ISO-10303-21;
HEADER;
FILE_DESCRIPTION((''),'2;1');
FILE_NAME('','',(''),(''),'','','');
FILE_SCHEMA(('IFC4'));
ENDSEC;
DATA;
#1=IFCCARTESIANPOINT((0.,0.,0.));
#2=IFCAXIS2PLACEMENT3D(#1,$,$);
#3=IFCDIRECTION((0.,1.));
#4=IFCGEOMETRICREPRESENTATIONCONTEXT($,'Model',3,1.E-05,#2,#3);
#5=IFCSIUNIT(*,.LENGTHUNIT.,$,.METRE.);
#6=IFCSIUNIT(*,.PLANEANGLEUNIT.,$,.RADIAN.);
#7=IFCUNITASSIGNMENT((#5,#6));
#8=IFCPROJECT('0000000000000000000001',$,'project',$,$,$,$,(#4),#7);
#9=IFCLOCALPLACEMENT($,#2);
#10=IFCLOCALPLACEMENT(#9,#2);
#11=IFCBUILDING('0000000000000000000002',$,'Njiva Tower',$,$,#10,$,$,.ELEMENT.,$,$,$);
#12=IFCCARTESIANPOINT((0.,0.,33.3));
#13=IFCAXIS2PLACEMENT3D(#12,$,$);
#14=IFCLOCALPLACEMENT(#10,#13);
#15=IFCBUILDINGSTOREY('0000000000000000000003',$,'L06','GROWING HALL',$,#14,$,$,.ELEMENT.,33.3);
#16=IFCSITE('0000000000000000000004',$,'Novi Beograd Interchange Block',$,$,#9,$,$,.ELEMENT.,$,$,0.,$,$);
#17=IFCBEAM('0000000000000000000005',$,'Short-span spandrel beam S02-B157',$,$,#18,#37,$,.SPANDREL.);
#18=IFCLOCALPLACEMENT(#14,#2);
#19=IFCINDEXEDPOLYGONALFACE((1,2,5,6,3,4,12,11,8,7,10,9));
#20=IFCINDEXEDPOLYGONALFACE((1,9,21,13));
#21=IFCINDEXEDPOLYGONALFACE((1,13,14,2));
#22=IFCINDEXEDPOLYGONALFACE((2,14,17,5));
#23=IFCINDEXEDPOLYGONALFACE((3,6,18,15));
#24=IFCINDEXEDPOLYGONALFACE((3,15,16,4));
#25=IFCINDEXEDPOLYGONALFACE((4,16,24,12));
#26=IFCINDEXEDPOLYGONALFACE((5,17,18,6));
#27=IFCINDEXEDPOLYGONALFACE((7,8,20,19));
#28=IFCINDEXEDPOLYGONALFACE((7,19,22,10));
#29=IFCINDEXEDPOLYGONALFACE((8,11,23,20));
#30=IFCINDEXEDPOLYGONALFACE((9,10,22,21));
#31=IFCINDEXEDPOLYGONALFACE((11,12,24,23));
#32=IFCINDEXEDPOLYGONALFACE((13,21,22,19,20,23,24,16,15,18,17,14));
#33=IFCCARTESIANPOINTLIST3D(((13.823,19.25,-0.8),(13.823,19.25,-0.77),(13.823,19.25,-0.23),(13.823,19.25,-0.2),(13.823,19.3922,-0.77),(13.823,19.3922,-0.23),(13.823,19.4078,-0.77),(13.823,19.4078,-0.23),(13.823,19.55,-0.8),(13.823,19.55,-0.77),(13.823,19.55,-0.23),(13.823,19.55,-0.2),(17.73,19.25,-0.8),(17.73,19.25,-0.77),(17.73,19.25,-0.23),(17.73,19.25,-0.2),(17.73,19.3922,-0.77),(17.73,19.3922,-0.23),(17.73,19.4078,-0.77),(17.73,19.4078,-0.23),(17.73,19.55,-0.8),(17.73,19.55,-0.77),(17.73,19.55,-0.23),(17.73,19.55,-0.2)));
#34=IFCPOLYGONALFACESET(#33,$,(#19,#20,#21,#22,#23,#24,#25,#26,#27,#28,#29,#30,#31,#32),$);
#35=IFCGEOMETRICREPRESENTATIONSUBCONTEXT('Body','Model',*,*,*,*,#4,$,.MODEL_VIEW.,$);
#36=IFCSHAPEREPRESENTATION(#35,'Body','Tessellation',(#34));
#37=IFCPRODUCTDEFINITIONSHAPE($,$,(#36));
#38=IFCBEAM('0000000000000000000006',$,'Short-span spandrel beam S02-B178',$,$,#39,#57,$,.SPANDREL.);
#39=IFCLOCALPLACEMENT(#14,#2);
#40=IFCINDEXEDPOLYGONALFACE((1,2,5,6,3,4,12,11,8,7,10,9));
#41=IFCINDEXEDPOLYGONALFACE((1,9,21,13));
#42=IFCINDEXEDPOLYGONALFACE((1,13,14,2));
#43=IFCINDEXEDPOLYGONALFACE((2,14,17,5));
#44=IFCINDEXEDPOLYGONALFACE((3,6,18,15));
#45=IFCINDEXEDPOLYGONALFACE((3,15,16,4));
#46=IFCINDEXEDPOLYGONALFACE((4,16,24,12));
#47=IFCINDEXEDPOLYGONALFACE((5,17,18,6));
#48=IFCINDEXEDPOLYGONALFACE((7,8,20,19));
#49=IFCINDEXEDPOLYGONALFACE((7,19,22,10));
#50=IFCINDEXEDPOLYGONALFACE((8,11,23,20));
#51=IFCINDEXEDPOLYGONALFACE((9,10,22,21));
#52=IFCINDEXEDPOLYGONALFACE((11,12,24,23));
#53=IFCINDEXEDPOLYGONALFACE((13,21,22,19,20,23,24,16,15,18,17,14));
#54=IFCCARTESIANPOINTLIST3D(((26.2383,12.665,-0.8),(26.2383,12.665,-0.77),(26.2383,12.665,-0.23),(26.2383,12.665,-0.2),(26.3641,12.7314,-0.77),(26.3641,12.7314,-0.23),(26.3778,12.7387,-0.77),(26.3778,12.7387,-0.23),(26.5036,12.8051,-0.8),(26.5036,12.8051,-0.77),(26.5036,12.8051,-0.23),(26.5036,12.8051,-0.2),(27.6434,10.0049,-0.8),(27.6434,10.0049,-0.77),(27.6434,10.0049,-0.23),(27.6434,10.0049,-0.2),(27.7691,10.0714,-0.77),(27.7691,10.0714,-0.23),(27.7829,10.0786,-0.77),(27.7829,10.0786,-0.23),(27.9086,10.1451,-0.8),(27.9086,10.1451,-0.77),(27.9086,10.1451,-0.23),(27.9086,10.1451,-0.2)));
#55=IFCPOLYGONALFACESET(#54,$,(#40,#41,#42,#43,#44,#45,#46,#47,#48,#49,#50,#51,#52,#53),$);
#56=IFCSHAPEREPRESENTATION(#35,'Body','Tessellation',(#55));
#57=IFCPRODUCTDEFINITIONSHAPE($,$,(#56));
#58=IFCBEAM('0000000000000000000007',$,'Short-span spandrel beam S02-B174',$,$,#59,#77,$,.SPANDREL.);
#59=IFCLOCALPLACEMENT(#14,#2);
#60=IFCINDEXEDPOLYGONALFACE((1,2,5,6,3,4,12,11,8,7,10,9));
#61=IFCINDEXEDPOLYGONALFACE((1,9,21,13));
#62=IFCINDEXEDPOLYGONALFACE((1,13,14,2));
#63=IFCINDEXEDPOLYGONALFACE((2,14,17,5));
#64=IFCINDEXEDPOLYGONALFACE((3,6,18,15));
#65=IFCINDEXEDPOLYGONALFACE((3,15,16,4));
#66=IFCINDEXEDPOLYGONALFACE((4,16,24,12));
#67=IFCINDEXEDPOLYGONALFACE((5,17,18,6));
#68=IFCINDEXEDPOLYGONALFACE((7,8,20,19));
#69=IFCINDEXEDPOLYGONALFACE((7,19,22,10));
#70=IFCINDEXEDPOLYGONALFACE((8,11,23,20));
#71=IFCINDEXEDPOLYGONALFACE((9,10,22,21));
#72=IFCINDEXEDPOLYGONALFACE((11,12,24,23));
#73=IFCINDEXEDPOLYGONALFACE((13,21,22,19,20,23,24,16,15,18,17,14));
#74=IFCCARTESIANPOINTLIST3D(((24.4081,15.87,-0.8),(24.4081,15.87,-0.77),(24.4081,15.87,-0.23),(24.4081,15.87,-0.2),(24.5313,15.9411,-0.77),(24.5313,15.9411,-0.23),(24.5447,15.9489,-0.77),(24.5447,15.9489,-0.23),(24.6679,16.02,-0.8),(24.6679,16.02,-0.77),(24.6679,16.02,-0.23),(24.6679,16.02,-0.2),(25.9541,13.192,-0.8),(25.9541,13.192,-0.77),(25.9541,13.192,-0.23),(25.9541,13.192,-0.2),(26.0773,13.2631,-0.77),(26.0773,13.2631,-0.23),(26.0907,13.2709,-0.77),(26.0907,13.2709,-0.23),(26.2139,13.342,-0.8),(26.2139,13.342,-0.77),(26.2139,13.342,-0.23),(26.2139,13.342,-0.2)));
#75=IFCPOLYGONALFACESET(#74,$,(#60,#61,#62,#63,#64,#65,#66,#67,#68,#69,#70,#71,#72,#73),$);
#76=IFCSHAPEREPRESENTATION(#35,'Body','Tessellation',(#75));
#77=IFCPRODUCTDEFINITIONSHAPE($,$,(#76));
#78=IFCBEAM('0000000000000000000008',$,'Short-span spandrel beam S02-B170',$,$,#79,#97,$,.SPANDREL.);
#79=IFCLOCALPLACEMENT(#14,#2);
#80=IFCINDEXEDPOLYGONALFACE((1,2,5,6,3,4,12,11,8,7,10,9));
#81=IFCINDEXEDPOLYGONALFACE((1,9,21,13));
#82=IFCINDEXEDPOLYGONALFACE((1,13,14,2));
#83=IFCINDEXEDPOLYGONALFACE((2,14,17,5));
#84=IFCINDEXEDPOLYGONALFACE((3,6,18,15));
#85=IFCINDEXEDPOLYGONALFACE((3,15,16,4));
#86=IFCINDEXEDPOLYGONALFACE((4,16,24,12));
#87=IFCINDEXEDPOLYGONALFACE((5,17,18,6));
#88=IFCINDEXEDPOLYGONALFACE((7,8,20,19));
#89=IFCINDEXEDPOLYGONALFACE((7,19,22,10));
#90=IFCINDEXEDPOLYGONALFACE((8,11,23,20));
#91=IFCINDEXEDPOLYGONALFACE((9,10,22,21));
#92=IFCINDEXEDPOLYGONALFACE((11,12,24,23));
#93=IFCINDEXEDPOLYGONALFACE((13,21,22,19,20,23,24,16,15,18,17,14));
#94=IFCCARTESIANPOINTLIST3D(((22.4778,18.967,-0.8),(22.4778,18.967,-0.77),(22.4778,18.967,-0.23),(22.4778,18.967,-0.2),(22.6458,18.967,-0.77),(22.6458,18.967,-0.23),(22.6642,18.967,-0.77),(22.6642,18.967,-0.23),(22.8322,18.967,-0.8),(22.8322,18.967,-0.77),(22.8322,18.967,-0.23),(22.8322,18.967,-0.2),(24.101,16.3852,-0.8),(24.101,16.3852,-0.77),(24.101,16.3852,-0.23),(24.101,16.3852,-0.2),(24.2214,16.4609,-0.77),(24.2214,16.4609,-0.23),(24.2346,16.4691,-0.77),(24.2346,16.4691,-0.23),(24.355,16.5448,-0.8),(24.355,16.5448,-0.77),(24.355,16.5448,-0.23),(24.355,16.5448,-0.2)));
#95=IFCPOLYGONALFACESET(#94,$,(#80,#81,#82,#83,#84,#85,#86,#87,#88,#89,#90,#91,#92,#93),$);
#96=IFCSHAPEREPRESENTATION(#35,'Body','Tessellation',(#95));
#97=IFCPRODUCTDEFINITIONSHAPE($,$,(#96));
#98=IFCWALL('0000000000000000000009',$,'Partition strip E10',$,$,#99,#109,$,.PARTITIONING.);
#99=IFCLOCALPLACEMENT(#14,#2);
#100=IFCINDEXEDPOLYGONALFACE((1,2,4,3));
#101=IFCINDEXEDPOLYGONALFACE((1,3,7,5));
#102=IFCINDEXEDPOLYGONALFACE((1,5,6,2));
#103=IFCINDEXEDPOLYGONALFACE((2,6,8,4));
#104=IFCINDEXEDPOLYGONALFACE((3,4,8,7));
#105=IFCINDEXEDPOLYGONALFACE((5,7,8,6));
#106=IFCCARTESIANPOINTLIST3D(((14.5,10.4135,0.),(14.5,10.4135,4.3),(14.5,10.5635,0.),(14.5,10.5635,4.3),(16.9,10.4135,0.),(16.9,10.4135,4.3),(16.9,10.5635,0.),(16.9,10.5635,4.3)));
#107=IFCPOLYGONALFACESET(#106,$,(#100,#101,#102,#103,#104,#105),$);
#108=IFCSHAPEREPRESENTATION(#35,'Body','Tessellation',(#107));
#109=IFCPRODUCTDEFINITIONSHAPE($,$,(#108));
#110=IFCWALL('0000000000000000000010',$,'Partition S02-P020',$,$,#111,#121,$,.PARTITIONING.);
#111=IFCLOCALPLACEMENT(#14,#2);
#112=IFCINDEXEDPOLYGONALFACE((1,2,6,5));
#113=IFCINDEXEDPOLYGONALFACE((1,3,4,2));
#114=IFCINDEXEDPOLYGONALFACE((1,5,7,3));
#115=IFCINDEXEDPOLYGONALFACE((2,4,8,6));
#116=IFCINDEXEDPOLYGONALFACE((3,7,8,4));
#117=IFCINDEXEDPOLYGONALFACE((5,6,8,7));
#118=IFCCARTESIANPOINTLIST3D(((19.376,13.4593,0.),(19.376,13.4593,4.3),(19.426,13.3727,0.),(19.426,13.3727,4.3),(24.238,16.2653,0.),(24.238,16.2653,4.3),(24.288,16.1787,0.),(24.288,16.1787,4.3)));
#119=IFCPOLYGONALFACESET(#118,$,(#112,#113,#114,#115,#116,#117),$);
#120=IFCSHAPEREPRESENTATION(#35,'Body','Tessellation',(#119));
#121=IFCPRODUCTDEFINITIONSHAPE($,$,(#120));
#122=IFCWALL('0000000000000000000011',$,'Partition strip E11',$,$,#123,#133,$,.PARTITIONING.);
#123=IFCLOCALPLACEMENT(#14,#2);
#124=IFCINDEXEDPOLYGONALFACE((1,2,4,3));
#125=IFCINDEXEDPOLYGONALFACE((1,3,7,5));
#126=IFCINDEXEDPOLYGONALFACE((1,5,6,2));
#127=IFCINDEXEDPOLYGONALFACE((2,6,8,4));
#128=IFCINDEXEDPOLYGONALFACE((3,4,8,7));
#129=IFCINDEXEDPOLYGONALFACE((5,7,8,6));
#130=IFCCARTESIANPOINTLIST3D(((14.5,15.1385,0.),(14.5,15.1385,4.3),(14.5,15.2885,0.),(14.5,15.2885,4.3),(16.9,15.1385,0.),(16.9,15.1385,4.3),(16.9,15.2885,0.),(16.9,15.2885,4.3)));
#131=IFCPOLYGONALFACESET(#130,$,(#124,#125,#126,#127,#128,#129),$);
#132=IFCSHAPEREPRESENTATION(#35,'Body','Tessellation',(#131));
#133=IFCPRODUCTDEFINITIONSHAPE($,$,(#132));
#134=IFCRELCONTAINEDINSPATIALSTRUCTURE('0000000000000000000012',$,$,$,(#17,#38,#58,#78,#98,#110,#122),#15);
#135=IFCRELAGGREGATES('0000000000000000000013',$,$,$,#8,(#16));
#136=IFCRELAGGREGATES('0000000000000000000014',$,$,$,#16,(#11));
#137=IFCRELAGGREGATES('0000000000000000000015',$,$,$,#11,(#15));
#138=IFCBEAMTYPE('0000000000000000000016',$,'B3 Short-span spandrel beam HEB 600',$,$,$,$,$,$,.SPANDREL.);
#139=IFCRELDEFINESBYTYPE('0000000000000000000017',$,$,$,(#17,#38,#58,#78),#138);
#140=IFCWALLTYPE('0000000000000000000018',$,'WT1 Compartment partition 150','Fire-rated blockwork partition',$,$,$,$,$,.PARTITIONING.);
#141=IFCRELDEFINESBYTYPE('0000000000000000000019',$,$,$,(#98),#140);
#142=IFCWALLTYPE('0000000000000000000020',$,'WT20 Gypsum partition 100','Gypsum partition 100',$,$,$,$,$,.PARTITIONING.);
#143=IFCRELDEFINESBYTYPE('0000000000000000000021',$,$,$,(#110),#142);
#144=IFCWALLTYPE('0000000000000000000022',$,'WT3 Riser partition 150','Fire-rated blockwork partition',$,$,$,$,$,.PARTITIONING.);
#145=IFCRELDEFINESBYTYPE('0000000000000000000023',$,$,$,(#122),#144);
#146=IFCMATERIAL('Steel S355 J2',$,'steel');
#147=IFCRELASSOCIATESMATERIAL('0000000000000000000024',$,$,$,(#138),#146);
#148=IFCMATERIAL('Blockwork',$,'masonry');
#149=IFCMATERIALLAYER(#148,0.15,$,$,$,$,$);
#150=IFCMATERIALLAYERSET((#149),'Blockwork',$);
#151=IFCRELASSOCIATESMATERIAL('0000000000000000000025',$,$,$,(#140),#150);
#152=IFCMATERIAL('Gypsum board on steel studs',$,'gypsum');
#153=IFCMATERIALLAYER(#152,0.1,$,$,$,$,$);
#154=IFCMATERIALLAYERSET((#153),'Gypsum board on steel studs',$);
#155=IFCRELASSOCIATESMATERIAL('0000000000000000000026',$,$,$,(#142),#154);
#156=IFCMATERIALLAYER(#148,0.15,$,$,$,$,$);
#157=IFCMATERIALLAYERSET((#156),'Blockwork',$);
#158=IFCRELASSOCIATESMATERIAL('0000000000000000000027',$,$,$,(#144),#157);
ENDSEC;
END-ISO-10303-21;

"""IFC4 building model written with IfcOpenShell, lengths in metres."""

from ifc_helpers import new_model, si_unit, direction, frame, frame_2d, origin, origin_2d, place, context, subcontext, project, spatial, rectangle, i_section, extrude, clip, halfspace, material, layer, layer_set, material_profile, profile_set, type_object, element, save


model = new_model("IFC4")

# Units and contexts
model_context = context("Model", 3, precision=1e-05, world=origin(), true_north=direction((0.0, 1.0)))
body_context = subcontext(model_context, "Body", "Model", "MODEL_VIEW")
ifc_project = project(units=[si_unit("LENGTHUNIT", "METRE"), si_unit("PLANEANGLEUNIT", "RADIAN")], contexts=[model_context])

# Site, building, storey
site_placement = place(None, origin())
site = spatial("IfcSite", under=ifc_project, at=site_placement, Name="Novi Beograd Interchange Block", CompositionType="ELEMENT", RefElevation=0.0)
building_placement = place(site_placement, origin())
building = spatial("IfcBuilding", under=site, at=building_placement, Name="Njiva Tower", CompositionType="ELEMENT")
storey_placement = place(building_placement, frame((0.0, 0.0, 33.3)))
storey = spatial("IfcBuildingStorey", under=building, at=storey_placement, Name="L06", Description="GROWING HALL", CompositionType="ELEMENT", Elevation=33.3)

# Shared definitions
ifc_material_1 = material(Name="Steel S355 J2", Category="steel")

# Beams
ifc_material_profile_1 = material_profile(ifc_material_1, i_section(OverallWidth=0.3, OverallDepth=0.6, WebThickness=0.0155, FlangeThickness=0.03, at=origin_2d()), Name="HEB 600")
ifc_profile_set_1 = profile_set([ifc_material_profile_1], Name="Steel S355 J2")
beam_type_1 = type_object("IfcBeamType", Name="B3 Short-span spandrel beam HEB 600", PredefinedType="SPANDREL", material=ifc_profile_set_1)
beam_1_placement = place(storey_placement, frame((17.73, 19.4, -0.5), z_axis=(-1.0, 0.0, 0.0), x_axis=(0.0, -1.0, 0.0)))
element("IfcBeam", 1, at=beam_1_placement, inside=storey, type_object=beam_type_1, Name="Short-span spandrel beam S02-B157", PredefinedType="SPANDREL", context=body_context, shape_type="SweptSolid", body=[
    extrude(i_section(OverallWidth=0.3, OverallDepth=0.6, WebThickness=0.0155, FlangeThickness=0.03, at=origin_2d()), origin(), (0.0, 0.0, 1.0), 3.907),
])
beam_2_placement = place(storey_placement, frame((27.776, 10.075, -0.5), z_axis=(-0.467047, 0.884232, 0.0), x_axis=(-0.884232, -0.467047, 0.0)))
element("IfcBeam", 2, at=beam_2_placement, inside=storey, type_object=beam_type_1, Name="Short-span spandrel beam S02-B178", PredefinedType="SPANDREL", context=body_context, shape_type="SweptSolid", body=[
    extrude(i_section(OverallWidth=0.3, OverallDepth=0.6, WebThickness=0.0155, FlangeThickness=0.03, at=origin_2d()), origin(), (0.0, 0.0, 1.0), 3.0083),
])
beam_3_placement = place(storey_placement, frame((26.084, 13.267, -0.5), z_axis=(-0.499965, 0.866046, 0.0), x_axis=(-0.866046, -0.499965, 0.0)))
element("IfcBeam", 3, at=beam_3_placement, inside=storey, type_object=beam_type_1, Name="Short-span spandrel beam S02-B174", PredefinedType="SPANDREL", context=body_context, shape_type="SweptSolid", body=[
    extrude(i_section(OverallWidth=0.3, OverallDepth=0.6, WebThickness=0.0155, FlangeThickness=0.03, at=origin_2d()), origin(), (0.0, 0.0, 1.0), 3.0922),
])
beam_4_placement = place(storey_placement, frame((24.228, 16.465, -0.5), z_axis=(-0.532248, 0.846589, 0.0), x_axis=(-0.846589, -0.532248, 0.0)))
element("IfcBeam", 4, at=beam_4_placement, inside=storey, type_object=beam_type_1, Name="Short-span spandrel beam S02-B170", PredefinedType="SPANDREL", context=body_context, shape_type="Clipping", body=[
    clip(extrude(i_section(OverallWidth=0.3, OverallDepth=0.6, WebThickness=0.0155, FlangeThickness=0.03, at=origin_2d()), origin(), (0.0, 0.0, 1.0), 3.0694), halfspace(frame((-0.0264, 0.0, 2.9388), z_axis=(-0.532248, 0.0, 0.846589), x_axis=(0.0, 1.0, 0.0)), False)),
])

# Walls
ifc_material_2 = material(Name="Blockwork", Category="masonry")
ifc_layer_1 = layer(ifc_material_2, 0.15)
ifc_layer_set_1 = layer_set([ifc_layer_1], Name="Blockwork")
wall_type_1 = type_object("IfcWallType", Name="WT1 Compartment partition 150", Description="Fire-rated blockwork partition", PredefinedType="PARTITIONING", material=ifc_layer_set_1)
wall_1_placement = place(storey_placement, frame((14.5, 10.4885, 0.0), z_axis=(0.0, 0.0, 1.0), x_axis=(1.0, 0.0, 0.0)))
element("IfcWall", 5, at=wall_1_placement, inside=storey, type_object=wall_type_1, Name="Partition strip E10", PredefinedType="PARTITIONING", context=body_context, shape_type="SweptSolid", body=[
    extrude(rectangle(XDim=2.4, YDim=0.15, at=frame_2d((1.2, 0.0))), origin(), (0.0, 0.0, 1.0), 4.3),
])
ifc_material_3 = material(Name="Gypsum board on steel studs", Category="gypsum")
ifc_layer_2 = layer(ifc_material_3, 0.1)
ifc_layer_set_2 = layer_set([ifc_layer_2], Name="Gypsum board on steel studs")
wall_type_2 = type_object("IfcWallType", Name="WT20 Gypsum partition 100", Description="Gypsum partition 100", PredefinedType="PARTITIONING", material=ifc_layer_set_2)
wall_2_placement = place(storey_placement, frame((19.401, 13.416, 0.0), z_axis=(0.0, 0.0, 1.0), x_axis=(0.866108, 0.499856, 0.0)))
element("IfcWall", 6, at=wall_2_placement, inside=storey, type_object=wall_type_2, Name="Partition S02-P020", PredefinedType="PARTITIONING", context=body_context, shape_type="SweptSolid", body=[
    extrude(rectangle(XDim=5.6136, YDim=0.1, at=frame_2d((2.8068, 0.0))), origin(), (0.0, 0.0, 1.0), 4.3),
])
ifc_layer_3 = layer(ifc_material_2, 0.15)
ifc_layer_set_3 = layer_set([ifc_layer_3], Name="Blockwork")
wall_type_3 = type_object("IfcWallType", Name="WT3 Riser partition 150", Description="Fire-rated blockwork partition", PredefinedType="PARTITIONING", material=ifc_layer_set_3)
wall_3_placement = place(storey_placement, frame((14.5, 15.2135, 0.0), z_axis=(0.0, 0.0, 1.0), x_axis=(1.0, 0.0, 0.0)))
element("IfcWall", 7, at=wall_3_placement, inside=storey, type_object=wall_type_3, Name="Partition strip E11", PredefinedType="PARTITIONING", context=body_context, shape_type="SweptSolid", body=[
    extrude(rectangle(XDim=2.4, YDim=0.15, at=frame_2d((1.2, 0.0))), origin(), (0.0, 0.0, 1.0), 4.3),
])

save(model, "model.ifc")
